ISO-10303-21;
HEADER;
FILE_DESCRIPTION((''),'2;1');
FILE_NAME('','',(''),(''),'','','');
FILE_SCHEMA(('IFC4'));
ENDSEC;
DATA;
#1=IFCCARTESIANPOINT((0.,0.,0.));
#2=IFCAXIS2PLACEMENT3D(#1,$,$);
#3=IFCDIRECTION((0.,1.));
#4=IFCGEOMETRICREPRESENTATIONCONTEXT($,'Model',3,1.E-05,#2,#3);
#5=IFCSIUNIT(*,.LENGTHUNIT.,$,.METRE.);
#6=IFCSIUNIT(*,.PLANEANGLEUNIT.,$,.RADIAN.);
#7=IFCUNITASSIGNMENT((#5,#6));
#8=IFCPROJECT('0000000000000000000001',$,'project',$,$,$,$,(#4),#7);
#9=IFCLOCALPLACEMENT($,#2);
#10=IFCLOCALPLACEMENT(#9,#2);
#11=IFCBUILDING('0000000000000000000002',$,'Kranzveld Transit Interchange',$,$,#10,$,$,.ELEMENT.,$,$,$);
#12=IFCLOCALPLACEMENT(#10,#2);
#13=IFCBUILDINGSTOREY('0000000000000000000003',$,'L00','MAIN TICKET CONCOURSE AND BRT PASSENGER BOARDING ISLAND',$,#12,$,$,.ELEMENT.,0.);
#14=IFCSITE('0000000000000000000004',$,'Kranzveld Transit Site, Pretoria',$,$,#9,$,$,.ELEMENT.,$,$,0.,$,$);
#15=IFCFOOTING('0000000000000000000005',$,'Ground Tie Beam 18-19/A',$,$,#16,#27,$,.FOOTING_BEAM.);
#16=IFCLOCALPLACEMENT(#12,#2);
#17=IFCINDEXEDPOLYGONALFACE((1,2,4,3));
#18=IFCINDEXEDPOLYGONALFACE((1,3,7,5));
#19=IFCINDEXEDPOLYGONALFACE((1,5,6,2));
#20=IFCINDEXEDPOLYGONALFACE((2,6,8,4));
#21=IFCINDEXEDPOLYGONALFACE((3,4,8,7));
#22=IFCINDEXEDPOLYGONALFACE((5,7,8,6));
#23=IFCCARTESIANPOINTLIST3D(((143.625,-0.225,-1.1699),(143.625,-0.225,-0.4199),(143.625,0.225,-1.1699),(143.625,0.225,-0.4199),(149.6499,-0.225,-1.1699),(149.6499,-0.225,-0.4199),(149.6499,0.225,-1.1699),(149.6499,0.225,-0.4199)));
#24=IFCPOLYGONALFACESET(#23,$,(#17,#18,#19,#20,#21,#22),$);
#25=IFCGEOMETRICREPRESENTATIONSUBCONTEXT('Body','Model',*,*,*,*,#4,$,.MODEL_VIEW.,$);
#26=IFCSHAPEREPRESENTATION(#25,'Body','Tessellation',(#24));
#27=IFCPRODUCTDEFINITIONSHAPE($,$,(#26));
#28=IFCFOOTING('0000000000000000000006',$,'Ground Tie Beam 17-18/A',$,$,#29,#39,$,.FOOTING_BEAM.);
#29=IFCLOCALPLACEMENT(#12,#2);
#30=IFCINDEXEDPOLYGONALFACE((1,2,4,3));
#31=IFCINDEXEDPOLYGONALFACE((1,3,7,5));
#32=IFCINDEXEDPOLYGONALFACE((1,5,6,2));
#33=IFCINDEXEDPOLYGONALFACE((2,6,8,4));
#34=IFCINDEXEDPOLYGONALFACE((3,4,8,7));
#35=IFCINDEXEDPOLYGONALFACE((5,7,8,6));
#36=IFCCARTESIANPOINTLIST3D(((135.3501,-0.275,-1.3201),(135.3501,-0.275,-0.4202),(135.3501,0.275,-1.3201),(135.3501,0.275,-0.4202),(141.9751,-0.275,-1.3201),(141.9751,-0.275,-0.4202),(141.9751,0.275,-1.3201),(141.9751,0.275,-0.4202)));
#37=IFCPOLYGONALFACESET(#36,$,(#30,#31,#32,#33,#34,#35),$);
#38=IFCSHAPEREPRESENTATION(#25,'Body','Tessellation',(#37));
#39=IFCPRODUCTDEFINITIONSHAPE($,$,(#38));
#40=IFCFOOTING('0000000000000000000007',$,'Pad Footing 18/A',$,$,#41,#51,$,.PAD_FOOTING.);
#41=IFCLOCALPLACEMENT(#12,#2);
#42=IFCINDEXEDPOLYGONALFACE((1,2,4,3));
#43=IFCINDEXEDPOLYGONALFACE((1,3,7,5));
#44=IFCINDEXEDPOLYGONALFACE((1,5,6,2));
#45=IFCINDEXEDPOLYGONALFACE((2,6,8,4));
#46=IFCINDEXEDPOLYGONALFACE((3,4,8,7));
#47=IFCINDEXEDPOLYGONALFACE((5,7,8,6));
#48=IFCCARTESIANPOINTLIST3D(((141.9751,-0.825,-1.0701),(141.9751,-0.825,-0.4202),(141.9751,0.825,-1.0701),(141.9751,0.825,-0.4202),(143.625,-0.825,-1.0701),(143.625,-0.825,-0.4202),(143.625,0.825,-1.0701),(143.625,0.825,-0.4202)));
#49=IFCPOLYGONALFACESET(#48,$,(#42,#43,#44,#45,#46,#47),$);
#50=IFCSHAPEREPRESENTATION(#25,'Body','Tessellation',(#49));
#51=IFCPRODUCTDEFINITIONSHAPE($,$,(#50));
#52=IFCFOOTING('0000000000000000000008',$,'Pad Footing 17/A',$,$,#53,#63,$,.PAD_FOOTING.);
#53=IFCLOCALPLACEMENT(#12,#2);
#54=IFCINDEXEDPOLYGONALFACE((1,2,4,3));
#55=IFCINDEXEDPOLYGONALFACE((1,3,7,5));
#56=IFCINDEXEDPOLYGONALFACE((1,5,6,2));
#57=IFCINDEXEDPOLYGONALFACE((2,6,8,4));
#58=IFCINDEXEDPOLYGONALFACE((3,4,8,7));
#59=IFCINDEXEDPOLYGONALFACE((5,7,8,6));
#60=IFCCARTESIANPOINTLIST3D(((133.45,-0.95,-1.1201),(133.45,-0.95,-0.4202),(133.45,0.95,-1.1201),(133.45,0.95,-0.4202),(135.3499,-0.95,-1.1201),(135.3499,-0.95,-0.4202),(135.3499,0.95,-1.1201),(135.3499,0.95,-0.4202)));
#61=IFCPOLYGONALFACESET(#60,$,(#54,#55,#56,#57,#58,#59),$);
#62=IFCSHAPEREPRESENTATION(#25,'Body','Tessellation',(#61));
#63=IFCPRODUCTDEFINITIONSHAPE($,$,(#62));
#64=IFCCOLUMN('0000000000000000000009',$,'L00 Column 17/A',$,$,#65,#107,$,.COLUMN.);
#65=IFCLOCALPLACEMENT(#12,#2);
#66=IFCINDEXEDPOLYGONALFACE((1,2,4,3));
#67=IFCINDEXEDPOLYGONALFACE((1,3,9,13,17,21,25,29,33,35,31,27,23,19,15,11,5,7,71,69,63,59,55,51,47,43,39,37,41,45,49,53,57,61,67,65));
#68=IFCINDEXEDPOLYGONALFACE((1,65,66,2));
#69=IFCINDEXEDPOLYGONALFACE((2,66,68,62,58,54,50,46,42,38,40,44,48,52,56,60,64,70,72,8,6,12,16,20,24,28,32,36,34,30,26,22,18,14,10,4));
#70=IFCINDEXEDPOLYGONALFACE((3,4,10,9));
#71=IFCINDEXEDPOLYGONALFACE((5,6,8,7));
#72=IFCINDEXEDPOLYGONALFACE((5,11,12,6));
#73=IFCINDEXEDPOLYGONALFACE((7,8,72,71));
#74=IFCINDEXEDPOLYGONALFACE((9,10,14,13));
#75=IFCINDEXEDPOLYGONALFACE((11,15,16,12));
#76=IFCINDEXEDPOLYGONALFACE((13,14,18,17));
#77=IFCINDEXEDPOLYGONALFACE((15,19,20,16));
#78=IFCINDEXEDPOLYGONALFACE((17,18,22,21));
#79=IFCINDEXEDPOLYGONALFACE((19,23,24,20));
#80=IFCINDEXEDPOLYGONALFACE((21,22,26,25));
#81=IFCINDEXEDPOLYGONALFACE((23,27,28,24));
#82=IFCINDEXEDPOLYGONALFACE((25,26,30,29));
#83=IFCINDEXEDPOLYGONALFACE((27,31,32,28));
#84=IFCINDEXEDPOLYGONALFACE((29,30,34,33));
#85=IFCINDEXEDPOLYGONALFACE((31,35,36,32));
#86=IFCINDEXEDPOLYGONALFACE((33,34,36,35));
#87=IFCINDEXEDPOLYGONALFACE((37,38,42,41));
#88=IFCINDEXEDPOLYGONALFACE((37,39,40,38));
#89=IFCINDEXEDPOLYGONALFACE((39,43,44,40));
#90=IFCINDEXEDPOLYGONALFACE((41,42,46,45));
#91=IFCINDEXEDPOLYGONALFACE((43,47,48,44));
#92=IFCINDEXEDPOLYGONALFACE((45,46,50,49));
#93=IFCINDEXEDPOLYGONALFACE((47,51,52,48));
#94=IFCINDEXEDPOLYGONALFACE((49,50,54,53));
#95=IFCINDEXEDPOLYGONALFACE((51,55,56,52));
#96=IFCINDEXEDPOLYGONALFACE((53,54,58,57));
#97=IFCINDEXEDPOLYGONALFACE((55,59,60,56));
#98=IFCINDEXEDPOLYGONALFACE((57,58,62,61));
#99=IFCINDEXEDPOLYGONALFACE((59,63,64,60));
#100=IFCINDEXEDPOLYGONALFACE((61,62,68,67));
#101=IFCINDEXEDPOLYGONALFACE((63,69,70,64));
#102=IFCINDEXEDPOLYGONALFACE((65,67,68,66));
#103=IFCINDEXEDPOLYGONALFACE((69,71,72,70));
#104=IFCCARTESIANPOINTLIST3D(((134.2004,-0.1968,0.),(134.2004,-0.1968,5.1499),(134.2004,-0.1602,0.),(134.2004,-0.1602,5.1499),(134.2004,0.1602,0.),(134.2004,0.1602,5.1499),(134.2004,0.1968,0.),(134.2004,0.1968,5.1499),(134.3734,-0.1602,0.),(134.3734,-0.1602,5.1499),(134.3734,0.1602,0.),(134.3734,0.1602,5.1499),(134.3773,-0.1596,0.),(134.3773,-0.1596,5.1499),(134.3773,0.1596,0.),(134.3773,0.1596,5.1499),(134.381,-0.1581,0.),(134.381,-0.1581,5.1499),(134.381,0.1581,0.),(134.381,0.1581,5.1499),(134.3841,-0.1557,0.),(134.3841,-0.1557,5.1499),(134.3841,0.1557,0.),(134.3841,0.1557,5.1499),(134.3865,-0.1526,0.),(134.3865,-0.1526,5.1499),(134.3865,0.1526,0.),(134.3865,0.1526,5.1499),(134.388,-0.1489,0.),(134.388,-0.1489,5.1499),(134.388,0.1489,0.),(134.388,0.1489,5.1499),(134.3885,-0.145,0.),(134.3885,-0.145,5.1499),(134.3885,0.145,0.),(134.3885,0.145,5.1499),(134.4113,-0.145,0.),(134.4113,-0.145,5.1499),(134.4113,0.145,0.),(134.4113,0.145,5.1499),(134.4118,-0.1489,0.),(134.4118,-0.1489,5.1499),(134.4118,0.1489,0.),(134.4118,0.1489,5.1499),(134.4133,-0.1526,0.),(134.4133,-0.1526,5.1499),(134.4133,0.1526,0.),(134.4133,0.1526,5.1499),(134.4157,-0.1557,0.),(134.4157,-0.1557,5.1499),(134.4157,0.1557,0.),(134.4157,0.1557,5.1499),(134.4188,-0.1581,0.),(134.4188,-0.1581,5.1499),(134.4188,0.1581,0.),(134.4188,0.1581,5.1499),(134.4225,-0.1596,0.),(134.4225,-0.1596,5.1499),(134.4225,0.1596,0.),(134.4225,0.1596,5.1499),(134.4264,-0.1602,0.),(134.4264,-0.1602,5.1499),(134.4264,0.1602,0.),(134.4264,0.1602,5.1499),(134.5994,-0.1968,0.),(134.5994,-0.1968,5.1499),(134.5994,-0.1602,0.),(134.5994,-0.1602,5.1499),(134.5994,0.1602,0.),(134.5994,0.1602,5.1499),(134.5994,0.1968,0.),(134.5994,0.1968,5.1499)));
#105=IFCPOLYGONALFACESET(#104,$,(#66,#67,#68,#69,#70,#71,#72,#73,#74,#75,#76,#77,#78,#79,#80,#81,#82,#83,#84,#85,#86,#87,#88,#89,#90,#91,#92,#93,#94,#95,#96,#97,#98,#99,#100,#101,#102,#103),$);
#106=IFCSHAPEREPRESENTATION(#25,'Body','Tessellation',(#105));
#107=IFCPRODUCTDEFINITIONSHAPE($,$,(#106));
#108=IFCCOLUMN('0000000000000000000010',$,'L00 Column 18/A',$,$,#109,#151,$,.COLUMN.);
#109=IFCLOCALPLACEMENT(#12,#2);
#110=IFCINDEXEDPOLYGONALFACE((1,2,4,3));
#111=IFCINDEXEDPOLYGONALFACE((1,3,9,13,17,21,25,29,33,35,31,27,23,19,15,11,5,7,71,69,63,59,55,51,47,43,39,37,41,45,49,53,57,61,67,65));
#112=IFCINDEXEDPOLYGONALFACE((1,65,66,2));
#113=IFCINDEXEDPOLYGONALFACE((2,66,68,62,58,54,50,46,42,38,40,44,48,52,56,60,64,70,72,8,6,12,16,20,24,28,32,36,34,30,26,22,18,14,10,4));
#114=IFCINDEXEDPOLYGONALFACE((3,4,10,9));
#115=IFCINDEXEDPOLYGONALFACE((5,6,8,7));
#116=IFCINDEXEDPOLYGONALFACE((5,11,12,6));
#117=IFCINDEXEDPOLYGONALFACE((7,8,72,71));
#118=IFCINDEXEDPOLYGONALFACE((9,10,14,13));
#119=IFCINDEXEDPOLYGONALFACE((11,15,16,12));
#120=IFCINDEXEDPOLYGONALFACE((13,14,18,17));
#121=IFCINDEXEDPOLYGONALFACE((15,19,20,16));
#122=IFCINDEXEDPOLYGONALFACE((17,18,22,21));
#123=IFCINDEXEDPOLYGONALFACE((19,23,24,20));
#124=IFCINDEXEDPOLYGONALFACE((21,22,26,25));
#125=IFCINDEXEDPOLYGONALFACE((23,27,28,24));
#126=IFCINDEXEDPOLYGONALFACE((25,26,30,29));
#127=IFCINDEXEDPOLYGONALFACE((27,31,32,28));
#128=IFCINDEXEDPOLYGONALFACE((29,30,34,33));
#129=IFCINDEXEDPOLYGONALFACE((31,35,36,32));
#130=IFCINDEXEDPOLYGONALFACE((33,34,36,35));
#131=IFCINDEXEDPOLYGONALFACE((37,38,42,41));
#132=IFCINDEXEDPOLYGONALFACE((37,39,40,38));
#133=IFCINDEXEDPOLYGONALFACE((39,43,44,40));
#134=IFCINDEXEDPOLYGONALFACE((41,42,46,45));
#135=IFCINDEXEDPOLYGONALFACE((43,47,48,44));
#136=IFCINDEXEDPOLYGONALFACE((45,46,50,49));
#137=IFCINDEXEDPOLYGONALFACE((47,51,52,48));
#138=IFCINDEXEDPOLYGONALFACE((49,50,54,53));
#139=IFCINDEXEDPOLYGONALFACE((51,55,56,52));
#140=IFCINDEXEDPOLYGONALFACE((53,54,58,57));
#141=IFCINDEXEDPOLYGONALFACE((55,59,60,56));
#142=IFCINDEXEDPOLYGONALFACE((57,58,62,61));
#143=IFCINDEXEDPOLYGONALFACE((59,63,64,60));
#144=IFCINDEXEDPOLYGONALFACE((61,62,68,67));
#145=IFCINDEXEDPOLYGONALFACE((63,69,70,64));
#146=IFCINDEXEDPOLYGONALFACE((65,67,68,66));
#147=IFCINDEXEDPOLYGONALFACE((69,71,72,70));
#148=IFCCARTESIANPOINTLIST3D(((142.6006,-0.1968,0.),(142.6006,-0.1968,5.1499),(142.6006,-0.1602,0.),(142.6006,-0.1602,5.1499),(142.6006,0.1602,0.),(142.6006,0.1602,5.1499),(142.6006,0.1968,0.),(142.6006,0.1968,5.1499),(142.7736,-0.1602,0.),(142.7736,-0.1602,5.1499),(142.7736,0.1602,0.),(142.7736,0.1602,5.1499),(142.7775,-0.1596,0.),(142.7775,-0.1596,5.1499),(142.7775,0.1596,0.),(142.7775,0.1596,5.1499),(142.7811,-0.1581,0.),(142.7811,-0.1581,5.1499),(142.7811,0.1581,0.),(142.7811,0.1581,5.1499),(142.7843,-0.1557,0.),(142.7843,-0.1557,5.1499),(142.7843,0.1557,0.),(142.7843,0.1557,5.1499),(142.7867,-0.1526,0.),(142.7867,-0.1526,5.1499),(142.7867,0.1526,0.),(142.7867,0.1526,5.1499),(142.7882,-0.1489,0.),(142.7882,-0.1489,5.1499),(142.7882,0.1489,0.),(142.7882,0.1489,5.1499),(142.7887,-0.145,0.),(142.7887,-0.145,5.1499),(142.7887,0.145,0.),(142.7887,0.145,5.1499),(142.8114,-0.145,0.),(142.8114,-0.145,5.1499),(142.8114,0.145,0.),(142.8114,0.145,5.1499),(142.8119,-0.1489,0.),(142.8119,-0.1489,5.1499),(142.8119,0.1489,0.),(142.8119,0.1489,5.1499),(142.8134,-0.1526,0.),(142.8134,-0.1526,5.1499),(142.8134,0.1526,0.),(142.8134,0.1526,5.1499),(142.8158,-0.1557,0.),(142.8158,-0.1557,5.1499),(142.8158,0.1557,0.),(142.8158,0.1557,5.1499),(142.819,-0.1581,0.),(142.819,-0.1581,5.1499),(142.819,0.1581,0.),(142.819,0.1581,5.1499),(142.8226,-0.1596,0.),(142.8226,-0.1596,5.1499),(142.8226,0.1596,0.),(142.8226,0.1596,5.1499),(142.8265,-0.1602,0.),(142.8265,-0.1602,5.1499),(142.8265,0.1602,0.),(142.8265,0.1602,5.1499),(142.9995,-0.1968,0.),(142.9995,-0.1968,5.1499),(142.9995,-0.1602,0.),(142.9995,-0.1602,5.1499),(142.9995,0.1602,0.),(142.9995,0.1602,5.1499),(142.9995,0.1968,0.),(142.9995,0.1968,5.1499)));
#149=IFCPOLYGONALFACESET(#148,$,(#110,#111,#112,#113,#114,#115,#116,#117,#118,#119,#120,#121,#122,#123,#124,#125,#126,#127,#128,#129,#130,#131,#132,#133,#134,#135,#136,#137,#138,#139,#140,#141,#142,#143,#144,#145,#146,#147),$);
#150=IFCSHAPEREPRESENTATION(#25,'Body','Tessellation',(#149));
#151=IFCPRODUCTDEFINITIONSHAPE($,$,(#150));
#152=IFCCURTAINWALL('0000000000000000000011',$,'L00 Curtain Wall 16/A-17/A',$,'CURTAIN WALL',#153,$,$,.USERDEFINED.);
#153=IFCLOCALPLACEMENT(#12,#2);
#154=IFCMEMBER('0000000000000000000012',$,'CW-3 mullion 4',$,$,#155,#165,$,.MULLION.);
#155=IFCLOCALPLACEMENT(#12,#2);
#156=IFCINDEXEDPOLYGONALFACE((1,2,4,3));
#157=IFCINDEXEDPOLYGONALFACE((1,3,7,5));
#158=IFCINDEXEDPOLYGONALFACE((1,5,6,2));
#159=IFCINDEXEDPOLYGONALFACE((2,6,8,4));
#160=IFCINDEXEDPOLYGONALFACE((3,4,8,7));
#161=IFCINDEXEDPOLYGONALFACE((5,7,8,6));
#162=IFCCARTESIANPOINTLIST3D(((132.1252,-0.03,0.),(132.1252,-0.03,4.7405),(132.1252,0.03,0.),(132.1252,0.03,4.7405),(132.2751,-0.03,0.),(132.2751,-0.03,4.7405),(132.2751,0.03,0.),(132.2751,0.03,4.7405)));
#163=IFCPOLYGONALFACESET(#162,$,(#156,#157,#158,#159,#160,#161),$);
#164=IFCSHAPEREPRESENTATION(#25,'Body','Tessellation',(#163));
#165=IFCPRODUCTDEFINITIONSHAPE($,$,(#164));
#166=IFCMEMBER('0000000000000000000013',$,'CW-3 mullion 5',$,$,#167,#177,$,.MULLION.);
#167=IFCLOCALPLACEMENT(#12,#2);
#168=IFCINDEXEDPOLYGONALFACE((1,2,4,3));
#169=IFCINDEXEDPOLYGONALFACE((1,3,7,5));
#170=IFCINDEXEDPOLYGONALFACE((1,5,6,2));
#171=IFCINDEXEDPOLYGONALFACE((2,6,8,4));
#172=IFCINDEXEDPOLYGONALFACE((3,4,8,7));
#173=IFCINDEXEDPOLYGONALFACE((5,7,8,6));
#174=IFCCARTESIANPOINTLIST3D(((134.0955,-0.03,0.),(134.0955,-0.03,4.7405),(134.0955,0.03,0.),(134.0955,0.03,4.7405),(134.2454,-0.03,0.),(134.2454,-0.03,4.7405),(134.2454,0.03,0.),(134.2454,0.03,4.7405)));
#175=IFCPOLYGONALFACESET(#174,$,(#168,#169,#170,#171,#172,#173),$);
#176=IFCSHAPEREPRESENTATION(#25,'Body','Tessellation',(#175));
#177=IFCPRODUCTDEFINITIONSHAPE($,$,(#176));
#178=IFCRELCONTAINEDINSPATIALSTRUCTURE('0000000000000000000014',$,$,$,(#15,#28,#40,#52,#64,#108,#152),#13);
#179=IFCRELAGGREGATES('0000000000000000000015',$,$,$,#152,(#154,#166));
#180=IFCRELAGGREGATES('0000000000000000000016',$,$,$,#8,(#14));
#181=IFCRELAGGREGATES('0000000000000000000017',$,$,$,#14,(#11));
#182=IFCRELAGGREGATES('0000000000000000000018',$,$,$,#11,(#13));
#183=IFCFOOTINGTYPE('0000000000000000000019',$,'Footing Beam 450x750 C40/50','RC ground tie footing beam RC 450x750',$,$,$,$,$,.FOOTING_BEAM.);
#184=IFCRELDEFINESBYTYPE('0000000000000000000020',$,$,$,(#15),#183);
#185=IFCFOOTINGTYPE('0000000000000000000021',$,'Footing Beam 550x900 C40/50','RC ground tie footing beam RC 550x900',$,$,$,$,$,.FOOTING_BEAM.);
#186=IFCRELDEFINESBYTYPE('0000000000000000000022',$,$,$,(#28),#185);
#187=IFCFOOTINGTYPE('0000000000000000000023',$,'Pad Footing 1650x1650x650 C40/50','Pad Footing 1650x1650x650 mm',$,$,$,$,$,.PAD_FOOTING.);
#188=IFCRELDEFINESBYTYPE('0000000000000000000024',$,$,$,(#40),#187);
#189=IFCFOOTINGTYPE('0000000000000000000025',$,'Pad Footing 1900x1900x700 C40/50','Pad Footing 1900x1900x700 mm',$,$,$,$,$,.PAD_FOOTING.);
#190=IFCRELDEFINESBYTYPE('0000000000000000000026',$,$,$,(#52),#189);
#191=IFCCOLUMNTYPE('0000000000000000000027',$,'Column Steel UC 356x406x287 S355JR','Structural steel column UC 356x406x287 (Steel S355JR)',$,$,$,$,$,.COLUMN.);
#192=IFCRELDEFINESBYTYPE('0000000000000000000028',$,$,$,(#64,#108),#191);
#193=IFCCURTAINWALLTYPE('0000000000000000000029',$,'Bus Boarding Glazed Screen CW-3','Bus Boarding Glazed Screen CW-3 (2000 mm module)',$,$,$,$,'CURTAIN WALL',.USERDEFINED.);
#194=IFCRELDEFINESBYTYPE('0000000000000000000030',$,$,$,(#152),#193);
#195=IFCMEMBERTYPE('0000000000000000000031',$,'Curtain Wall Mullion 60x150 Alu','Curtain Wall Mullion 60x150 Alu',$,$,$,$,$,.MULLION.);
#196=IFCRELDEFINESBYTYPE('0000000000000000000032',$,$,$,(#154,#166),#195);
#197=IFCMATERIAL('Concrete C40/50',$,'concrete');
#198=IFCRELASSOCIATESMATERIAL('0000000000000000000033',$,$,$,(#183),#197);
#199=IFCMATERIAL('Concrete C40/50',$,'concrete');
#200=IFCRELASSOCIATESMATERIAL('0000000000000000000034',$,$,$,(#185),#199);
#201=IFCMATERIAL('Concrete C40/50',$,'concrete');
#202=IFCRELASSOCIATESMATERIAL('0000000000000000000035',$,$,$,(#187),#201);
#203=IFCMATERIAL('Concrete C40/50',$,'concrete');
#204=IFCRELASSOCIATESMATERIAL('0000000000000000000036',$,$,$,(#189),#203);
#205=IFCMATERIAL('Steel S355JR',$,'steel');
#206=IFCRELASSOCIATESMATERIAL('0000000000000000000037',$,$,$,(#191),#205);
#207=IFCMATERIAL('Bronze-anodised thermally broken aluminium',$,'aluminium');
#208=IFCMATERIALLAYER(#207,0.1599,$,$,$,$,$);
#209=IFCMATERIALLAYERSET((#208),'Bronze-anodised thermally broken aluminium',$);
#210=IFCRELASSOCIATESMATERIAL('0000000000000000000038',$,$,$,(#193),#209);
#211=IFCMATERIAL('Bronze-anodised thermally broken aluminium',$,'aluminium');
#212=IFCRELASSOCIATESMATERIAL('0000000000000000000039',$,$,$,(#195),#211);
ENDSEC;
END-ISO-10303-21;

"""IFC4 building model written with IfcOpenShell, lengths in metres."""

from ifc_helpers import new_model, si_unit, direction, frame, origin, origin_2d, place, context, subcontext, project, spatial, rectangle, i_section, extrude, material, layer, layer_set, material_profile, profile_set, type_object, element, aggregate, save


model = new_model("IFC4")

# Units and contexts
model_context = context("Model", 3, precision=1e-05, world=origin(), true_north=direction((0.0, 1.0)))
body_context = subcontext(model_context, "Body", "Model", "MODEL_VIEW")
ifc_project = project(units=[si_unit("LENGTHUNIT", "METRE"), si_unit("PLANEANGLEUNIT", "RADIAN")], contexts=[model_context])

# Site, building, storey
site_placement = place(None, origin())
site = spatial("IfcSite", under=ifc_project, at=site_placement, Name="Kranzveld Transit Site, Pretoria", CompositionType="ELEMENT", RefElevation=0.0)
building_placement = place(site_placement, origin())
building = spatial("IfcBuilding", under=site, at=building_placement, Name="Kranzveld Transit Interchange", CompositionType="ELEMENT")
storey_placement = place(building_placement, origin())
storey = spatial("IfcBuildingStorey", under=building, at=storey_placement, Name="L00", Description="MAIN TICKET CONCOURSE AND BRT PASSENGER BOARDING ISLAND", CompositionType="ELEMENT", Elevation=0.0)

# Footings
ifc_material_1 = material(Name="Concrete C40/50", Category="concrete")
ifc_material_profile_1 = material_profile(ifc_material_1, rectangle(XDim=0.45, YDim=0.75, at=origin_2d()), Name="RC 450x750")
ifc_profile_set_1 = profile_set([ifc_material_profile_1], Name="Concrete C40/50")
footing_type_1 = type_object("IfcFootingType", Name="Footing Beam 450x750 C40/50", Description="RC ground tie footing beam RC 450x750", PredefinedType="FOOTING_BEAM", material=ifc_profile_set_1)
footing_1_placement = place(storey_placement, frame((143.625, 0.0, -0.7949), z_axis=(1.0, 0.0, 0.0), x_axis=(0.0, 1.0, 0.0)))
element("IfcFooting", 1, at=footing_1_placement, inside=storey, type_object=footing_type_1, Name="Ground Tie Beam 18-19/A", PredefinedType="FOOTING_BEAM", context=body_context, shape_type="SweptSolid", body=[
    extrude(rectangle(XDim=0.45, YDim=0.75, at=origin_2d()), origin(), (0.0, 0.0, 1.0), 6.0249),
])
ifc_material_2 = material(Name="Concrete C40/50", Category="concrete")
ifc_material_profile_2 = material_profile(ifc_material_2, rectangle(XDim=0.55, YDim=0.8999, at=origin_2d()), Name="RC 550x900")
ifc_profile_set_2 = profile_set([ifc_material_profile_2], Name="Concrete C40/50")
footing_type_2 = type_object("IfcFootingType", Name="Footing Beam 550x900 C40/50", Description="RC ground tie footing beam RC 550x900", PredefinedType="FOOTING_BEAM", material=ifc_profile_set_2)
footing_2_placement = place(storey_placement, frame((135.3501, 0.0, -0.8701), z_axis=(1.0, 0.0, 0.0), x_axis=(0.0, 1.0, 0.0)))
element("IfcFooting", 2, at=footing_2_placement, inside=storey, type_object=footing_type_2, Name="Ground Tie Beam 17-18/A", PredefinedType="FOOTING_BEAM", context=body_context, shape_type="SweptSolid", body=[
    extrude(rectangle(XDim=0.55, YDim=0.8999, at=origin_2d()), origin(), (0.0, 0.0, 1.0), 6.625),
])
ifc_material_3 = material(Name="Concrete C40/50", Category="concrete")
footing_type_3 = type_object("IfcFootingType", Name="Pad Footing 1650x1650x650 C40/50", Description="Pad Footing 1650x1650x650 mm", PredefinedType="PAD_FOOTING", material=ifc_material_3)
footing_3_placement = place(storey_placement, frame((142.8, 0.0, -1.0701), z_axis=(0.0, 0.0, 1.0), x_axis=(1.0, 0.0, 0.0)))
element("IfcFooting", 3, at=footing_3_placement, inside=storey, type_object=footing_type_3, Name="Pad Footing 18/A", PredefinedType="PAD_FOOTING", context=body_context, shape_type="SweptSolid", body=[
    extrude(rectangle(XDim=1.6499, YDim=1.6499, at=origin_2d()), origin(), (0.0, 0.0, 1.0), 0.6499),
])
ifc_material_4 = material(Name="Concrete C40/50", Category="concrete")
footing_type_4 = type_object("IfcFootingType", Name="Pad Footing 1900x1900x700 C40/50", Description="Pad Footing 1900x1900x700 mm", PredefinedType="PAD_FOOTING", material=ifc_material_4)
footing_4_placement = place(storey_placement, frame((134.3999, 0.0, -1.1201), z_axis=(0.0, 0.0, 1.0), x_axis=(1.0, 0.0, 0.0)))
element("IfcFooting", 4, at=footing_4_placement, inside=storey, type_object=footing_type_4, Name="Pad Footing 17/A", PredefinedType="PAD_FOOTING", context=body_context, shape_type="SweptSolid", body=[
    extrude(rectangle(XDim=1.8999, YDim=1.8999, at=origin_2d()), origin(), (0.0, 0.0, 1.0), 0.7),
])

# Columns
ifc_material_5 = material(Name="Steel S355JR", Category="steel")
ifc_material_profile_3 = material_profile(ifc_material_5, i_section(OverallWidth=0.3989, OverallDepth=0.3936, WebThickness=0.0227, FlangeThickness=0.0366, FilletRadius=0.0151, at=origin_2d()), Name="UC 356x406x287")
ifc_profile_set_3 = profile_set([ifc_material_profile_3], Name="Steel S355JR")
column_type = type_object("IfcColumnType", Name="Column Steel UC 356x406x287 S355JR", Description="Structural steel column UC 356x406x287 (Steel S355JR)", PredefinedType="COLUMN", material=ifc_profile_set_3)
for number, where, z_axis, x_axis, name in (
    (5, (134.3999, 0.0, 0.0), (0.0, 0.0, 1.0), (1.0, 0.0, 0.0), "L00 Column 17/A"),
    (6, (142.8, 0.0, 0.0), (0.0, 0.0, 1.0), (1.0, 0.0, 0.0), "L00 Column 18/A"),
):
    element("IfcColumn", number, at=place(storey_placement, frame(where, z_axis=z_axis, x_axis=x_axis)), inside=storey, type_object=column_type, Name=name, PredefinedType="COLUMN", context=body_context, shape_type="SweptSolid", body=[
        extrude(i_section(OverallWidth=0.3989, OverallDepth=0.3936, WebThickness=0.0227, FlangeThickness=0.0366, FilletRadius=0.0151, at=origin_2d()), origin(), (0.0, 0.0, 1.0), 5.1499),
    ])

# Curtain wall, members
ifc_material_6 = material(Name="Bronze-anodised thermally broken aluminium", Category="aluminium")
ifc_layer_1 = layer(ifc_material_6, 0.1599)
ifc_layer_set_1 = layer_set([ifc_layer_1], Name="Bronze-anodised thermally broken aluminium")
curtain_wall_type_1 = type_object("IfcCurtainWallType", Name="Bus Boarding Glazed Screen CW-3", Description="Bus Boarding Glazed Screen CW-3 (2000 mm module)", ElementType="CURTAIN WALL", PredefinedType="USERDEFINED", material=ifc_layer_set_1)
curtain_wall_1_placement = place(storey_placement, origin())
curtain_wall_1 = element("IfcCurtainWall", 7, at=curtain_wall_1_placement, inside=storey, type_object=curtain_wall_type_1, Name="L00 Curtain Wall 16/A-17/A", ObjectType="CURTAIN WALL", PredefinedType="USERDEFINED")
ifc_material_7 = material(Name="Bronze-anodised thermally broken aluminium", Category="aluminium")
ifc_material_profile_4 = material_profile(ifc_material_7, rectangle(XDim=0.0601, YDim=0.1499, at=origin_2d()), Name="ALU MULLION 60x150")
ifc_profile_set_4 = profile_set([ifc_material_profile_4], Name="Bronze-anodised thermally broken aluminium")
member_type_1 = type_object("IfcMemberType", Name="Curtain Wall Mullion 60x150 Alu", Description="Curtain Wall Mullion 60x150 Alu", PredefinedType="MULLION", material=ifc_profile_set_4)
member_1_placement = place(storey_placement, frame((132.2002, 0.0, 0.0), z_axis=(0.0, 0.0, 1.0), x_axis=(0.0, 1.0, 0.0)))
member_1 = element("IfcMember", 8, at=member_1_placement, type_object=member_type_1, Name="CW-3 mullion 4", PredefinedType="MULLION", context=body_context, shape_type="SweptSolid", body=[
    extrude(rectangle(XDim=0.0601, YDim=0.1499, at=origin_2d()), origin(), (0.0, 0.0, 1.0), 4.7405),
])
member_2_placement = place(storey_placement, frame((134.1704, 0.0, 0.0), z_axis=(0.0, 0.0, 1.0), x_axis=(0.0, 1.0, 0.0)))
member_2 = element("IfcMember", 9, at=member_2_placement, type_object=member_type_1, Name="CW-3 mullion 5", PredefinedType="MULLION", context=body_context, shape_type="SweptSolid", body=[
    extrude(rectangle(XDim=0.0601, YDim=0.1499, at=origin_2d()), origin(), (0.0, 0.0, 1.0), 4.7405),
])

aggregate(curtain_wall_1, [member_1, member_2])

save(model, "model.ifc")
